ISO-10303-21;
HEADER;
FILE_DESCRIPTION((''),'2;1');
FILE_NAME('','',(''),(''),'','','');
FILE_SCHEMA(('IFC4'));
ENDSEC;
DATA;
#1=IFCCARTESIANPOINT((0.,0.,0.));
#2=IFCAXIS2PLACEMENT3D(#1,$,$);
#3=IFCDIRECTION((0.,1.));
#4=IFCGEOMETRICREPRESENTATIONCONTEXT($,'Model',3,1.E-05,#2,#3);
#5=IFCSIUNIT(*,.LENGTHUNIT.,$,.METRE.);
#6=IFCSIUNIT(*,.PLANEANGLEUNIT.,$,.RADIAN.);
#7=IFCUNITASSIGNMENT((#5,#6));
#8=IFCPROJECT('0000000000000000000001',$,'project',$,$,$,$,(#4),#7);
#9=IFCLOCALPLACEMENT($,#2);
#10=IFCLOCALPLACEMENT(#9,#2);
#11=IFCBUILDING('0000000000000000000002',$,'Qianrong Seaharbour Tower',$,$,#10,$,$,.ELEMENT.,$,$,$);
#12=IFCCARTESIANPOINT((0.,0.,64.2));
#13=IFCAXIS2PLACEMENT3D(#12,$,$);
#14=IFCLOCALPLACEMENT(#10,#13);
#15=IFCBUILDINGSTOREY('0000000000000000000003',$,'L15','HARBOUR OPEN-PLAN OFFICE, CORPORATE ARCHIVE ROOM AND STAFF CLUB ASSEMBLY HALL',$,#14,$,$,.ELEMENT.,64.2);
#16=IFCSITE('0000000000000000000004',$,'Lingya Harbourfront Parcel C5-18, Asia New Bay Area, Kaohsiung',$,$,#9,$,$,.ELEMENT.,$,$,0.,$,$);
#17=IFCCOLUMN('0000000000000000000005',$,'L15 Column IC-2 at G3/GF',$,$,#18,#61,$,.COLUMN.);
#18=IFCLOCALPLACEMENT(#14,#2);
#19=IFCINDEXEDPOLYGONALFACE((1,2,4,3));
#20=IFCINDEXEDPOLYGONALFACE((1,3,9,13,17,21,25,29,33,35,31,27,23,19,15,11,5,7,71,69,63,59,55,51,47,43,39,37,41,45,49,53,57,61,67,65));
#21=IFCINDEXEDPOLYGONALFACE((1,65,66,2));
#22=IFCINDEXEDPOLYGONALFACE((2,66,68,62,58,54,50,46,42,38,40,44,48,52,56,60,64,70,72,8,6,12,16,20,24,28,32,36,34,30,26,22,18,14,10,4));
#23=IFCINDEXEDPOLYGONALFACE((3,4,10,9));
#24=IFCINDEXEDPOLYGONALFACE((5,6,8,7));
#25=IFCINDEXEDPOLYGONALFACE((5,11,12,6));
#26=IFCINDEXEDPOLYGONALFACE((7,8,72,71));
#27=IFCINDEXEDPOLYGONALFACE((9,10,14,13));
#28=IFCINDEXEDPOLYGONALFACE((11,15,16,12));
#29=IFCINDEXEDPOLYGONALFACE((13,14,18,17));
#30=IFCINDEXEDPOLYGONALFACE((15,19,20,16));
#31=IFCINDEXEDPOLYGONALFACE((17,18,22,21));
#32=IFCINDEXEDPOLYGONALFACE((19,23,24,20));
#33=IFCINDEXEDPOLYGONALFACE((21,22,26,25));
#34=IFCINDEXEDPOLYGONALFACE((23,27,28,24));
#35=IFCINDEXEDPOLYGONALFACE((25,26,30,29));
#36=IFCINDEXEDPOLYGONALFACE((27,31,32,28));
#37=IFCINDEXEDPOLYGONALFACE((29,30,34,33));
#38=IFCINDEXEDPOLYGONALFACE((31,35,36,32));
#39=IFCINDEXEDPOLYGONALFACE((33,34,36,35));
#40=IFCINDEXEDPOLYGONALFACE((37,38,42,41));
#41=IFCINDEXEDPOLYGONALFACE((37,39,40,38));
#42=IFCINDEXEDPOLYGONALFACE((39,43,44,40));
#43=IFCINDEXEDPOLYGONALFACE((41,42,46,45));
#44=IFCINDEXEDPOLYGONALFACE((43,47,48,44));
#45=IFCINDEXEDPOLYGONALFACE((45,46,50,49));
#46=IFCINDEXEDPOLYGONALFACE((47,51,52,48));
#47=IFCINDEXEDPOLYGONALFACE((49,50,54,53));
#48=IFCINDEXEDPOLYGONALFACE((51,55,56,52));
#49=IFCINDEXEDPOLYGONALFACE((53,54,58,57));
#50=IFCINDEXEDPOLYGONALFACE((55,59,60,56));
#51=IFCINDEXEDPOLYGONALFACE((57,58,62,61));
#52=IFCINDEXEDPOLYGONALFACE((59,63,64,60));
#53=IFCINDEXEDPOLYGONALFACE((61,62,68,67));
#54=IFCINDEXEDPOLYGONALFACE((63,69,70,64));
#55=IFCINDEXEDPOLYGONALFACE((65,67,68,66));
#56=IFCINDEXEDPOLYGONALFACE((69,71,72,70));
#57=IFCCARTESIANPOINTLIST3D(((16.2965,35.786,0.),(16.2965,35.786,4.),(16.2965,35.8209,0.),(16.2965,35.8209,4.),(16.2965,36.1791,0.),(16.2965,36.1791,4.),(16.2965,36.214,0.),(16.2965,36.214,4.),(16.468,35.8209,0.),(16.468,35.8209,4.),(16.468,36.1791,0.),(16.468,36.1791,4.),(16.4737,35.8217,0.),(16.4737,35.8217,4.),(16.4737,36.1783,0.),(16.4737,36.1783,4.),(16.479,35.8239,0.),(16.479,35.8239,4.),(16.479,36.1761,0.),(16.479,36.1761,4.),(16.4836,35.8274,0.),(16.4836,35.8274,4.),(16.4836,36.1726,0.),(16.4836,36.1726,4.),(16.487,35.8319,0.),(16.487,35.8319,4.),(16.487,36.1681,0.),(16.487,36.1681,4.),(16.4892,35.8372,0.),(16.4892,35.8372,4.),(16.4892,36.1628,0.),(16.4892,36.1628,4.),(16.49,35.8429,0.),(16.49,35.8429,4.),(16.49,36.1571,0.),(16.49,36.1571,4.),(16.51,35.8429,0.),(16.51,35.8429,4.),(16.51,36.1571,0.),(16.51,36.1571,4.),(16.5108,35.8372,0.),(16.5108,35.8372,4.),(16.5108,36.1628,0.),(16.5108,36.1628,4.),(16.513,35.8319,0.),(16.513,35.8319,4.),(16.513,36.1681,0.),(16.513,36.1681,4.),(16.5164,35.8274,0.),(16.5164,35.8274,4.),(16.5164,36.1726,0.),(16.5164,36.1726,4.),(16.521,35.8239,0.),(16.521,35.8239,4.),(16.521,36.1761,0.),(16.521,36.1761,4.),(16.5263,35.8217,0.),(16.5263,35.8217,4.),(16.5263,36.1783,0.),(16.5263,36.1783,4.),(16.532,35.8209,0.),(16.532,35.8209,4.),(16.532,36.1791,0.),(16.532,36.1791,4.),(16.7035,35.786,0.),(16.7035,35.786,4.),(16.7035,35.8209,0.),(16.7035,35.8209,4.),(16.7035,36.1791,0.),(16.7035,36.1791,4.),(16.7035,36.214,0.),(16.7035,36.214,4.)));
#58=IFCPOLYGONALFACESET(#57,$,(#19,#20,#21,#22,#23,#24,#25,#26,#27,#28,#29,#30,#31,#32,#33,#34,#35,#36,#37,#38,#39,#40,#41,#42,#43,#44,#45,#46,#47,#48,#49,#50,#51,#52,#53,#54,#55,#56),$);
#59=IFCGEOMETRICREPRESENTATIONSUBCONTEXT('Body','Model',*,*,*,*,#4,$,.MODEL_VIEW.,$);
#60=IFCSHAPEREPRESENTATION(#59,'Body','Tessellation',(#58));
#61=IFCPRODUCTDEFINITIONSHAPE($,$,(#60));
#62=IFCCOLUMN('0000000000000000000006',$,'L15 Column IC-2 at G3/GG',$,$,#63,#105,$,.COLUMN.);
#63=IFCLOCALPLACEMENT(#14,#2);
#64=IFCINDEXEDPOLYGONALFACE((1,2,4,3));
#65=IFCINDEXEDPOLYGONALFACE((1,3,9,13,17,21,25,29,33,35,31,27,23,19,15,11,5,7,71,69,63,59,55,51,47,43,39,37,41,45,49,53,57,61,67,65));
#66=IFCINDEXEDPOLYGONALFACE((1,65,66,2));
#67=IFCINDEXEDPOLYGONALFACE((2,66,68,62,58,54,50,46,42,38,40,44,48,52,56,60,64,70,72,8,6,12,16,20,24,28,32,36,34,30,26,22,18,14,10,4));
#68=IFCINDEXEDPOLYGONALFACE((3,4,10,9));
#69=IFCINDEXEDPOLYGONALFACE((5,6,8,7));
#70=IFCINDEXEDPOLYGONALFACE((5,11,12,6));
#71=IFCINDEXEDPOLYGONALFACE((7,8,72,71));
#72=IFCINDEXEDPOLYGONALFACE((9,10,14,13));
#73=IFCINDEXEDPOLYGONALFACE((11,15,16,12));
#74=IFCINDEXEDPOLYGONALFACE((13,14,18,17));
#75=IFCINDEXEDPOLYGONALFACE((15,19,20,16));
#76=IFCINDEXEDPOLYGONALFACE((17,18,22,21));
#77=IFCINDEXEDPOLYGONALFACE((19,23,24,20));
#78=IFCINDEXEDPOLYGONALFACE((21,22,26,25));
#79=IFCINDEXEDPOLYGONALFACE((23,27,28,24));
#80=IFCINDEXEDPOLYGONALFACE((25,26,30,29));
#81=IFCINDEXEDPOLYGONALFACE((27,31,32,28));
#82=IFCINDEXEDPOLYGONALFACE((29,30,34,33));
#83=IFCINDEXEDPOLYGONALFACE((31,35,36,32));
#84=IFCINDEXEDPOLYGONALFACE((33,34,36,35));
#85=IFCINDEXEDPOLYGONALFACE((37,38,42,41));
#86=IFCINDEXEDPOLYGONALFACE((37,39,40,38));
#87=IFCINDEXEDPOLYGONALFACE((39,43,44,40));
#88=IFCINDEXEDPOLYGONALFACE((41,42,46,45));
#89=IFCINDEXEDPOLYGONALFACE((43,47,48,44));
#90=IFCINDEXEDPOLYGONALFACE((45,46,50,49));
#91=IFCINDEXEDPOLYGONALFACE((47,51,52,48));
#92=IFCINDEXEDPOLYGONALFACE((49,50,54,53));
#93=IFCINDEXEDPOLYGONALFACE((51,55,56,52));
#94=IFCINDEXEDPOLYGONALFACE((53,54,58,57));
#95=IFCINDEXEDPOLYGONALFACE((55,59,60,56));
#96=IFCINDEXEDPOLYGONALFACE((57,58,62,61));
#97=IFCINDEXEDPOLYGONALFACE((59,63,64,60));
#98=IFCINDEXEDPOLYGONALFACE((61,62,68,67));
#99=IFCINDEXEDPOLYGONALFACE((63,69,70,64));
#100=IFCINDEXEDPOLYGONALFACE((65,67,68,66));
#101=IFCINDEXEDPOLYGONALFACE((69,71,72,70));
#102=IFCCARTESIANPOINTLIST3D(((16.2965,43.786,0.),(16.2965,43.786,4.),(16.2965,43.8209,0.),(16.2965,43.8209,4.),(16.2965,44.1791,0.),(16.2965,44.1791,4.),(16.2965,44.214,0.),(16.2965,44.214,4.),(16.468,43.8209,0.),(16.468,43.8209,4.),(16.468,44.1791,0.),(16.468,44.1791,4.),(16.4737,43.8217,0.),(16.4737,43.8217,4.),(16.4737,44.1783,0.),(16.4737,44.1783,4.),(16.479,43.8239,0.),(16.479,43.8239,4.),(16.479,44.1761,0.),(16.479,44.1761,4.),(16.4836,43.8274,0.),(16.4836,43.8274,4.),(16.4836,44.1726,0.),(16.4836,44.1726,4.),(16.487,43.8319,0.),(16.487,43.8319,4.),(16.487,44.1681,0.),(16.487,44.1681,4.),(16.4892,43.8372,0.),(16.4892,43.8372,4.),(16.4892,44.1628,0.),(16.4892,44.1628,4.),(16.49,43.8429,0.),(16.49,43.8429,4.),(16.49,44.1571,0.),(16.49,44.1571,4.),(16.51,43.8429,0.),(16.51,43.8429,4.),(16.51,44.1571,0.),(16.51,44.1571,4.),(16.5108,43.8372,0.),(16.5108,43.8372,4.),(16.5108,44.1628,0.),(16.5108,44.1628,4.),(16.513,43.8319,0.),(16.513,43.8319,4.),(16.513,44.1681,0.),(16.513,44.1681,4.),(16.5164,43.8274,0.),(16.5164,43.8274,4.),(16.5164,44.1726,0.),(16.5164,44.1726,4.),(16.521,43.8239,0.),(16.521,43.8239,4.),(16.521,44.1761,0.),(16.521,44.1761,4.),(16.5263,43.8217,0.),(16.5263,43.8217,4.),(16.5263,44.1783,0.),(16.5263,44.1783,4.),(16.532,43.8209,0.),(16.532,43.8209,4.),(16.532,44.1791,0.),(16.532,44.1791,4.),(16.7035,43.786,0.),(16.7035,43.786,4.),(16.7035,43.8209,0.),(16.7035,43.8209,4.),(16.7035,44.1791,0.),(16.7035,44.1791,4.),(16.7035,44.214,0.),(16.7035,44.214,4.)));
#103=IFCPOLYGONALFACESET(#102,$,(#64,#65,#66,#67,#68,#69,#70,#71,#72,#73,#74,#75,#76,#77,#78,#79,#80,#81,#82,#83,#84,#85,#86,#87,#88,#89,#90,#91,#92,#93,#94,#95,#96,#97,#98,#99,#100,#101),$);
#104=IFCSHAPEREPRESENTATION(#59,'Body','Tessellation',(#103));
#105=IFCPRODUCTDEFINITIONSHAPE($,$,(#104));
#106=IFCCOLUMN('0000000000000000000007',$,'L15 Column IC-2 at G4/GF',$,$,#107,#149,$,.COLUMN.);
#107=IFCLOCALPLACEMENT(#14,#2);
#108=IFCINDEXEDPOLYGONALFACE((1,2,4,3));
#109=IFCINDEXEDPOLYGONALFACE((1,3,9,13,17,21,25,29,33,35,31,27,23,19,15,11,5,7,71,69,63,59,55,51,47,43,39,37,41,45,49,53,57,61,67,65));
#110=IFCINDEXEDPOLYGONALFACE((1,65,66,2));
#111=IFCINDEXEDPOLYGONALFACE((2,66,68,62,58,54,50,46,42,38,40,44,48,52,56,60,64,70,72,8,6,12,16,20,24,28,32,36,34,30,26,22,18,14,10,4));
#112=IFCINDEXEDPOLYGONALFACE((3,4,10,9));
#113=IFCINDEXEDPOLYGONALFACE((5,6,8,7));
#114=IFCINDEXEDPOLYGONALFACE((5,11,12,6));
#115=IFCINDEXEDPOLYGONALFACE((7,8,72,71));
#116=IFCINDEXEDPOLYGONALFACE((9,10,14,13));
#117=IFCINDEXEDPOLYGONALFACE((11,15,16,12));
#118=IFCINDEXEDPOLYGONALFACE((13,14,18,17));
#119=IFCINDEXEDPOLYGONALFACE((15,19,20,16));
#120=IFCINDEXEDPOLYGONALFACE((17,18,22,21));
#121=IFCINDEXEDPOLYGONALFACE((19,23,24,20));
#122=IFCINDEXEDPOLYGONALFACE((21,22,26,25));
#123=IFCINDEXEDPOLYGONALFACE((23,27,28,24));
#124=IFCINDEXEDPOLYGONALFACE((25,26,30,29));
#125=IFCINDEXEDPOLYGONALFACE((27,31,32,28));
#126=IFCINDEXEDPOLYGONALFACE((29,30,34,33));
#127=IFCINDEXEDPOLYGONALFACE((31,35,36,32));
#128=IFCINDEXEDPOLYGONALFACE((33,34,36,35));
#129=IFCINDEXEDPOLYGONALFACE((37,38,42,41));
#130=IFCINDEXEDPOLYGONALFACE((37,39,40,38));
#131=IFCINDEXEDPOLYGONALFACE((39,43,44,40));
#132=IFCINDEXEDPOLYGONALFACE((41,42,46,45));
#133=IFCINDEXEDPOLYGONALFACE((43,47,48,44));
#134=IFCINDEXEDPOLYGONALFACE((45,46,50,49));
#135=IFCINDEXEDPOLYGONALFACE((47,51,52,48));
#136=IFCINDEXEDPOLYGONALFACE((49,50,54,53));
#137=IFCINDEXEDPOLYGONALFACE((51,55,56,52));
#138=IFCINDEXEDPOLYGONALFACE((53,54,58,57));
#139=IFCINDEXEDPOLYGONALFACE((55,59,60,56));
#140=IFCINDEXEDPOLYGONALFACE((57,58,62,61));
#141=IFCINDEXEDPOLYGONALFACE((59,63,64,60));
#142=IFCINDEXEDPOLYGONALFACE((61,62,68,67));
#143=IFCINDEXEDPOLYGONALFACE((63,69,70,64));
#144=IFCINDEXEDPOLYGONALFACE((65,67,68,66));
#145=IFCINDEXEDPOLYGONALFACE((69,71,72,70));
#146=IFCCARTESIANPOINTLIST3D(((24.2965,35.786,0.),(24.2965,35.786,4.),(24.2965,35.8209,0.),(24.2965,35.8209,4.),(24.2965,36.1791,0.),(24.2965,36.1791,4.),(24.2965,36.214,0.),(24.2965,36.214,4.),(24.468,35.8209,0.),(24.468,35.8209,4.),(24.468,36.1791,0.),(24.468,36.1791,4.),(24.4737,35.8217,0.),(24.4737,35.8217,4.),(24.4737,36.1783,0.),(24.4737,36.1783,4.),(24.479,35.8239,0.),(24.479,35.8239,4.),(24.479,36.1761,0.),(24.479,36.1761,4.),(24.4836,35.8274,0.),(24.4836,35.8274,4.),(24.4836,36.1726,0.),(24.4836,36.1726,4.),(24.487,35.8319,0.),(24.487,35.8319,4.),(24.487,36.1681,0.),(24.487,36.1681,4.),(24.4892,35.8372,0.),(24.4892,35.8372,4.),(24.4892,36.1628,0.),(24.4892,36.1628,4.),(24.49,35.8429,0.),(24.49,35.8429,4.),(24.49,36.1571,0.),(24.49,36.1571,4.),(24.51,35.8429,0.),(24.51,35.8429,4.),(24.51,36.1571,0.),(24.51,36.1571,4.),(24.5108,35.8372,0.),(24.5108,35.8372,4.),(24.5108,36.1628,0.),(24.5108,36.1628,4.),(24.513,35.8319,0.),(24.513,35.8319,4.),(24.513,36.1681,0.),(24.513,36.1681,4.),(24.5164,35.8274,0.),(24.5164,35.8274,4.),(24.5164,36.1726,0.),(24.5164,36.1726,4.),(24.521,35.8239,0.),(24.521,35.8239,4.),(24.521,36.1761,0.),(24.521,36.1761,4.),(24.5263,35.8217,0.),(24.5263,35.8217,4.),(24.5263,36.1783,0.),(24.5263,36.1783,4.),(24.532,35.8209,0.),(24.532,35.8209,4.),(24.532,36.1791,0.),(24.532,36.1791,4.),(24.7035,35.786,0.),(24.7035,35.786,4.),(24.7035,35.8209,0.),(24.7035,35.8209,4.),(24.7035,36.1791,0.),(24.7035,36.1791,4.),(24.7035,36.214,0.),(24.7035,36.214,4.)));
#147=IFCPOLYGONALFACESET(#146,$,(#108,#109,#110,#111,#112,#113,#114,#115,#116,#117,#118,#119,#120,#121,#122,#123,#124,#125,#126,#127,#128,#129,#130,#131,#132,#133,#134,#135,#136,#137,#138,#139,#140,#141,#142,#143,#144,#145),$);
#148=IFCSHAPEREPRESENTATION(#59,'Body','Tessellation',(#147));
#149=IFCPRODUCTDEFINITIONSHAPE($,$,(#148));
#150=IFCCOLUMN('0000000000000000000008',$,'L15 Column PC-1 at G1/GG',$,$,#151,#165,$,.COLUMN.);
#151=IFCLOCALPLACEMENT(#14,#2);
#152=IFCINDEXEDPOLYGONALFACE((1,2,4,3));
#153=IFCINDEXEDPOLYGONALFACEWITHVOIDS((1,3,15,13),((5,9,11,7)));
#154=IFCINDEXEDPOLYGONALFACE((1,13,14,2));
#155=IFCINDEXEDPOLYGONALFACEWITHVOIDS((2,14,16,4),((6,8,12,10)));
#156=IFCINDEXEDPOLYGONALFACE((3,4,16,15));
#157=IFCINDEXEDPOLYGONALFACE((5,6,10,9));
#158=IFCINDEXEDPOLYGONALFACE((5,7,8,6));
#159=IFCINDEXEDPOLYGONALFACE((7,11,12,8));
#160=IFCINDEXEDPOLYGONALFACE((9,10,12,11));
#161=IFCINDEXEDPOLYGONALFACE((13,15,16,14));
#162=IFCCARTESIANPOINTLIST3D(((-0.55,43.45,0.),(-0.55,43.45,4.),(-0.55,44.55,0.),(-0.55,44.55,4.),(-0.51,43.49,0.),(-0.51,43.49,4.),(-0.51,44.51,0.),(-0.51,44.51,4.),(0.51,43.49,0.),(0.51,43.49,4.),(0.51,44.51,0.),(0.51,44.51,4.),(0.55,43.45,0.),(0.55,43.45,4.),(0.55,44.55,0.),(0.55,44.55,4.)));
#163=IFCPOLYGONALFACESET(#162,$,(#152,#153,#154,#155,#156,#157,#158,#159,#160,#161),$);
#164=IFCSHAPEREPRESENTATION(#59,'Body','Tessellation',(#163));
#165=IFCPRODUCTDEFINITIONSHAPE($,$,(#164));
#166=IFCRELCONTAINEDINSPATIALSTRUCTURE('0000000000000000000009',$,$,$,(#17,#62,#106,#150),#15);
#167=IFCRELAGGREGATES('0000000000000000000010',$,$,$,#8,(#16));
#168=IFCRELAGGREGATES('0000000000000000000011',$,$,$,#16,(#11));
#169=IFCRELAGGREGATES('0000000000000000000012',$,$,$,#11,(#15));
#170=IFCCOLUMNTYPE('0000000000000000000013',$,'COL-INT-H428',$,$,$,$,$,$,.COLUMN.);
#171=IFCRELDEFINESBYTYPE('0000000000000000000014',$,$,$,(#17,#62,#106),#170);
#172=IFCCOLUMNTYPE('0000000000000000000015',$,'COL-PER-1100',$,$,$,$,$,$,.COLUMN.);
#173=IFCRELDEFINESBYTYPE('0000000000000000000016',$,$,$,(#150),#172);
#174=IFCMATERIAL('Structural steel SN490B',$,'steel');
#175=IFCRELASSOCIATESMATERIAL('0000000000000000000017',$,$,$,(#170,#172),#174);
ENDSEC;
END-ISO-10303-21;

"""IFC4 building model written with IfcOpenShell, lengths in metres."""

from ifc_helpers import new_model, si_unit, direction, frame, origin, origin_2d, place, context, subcontext, project, spatial, hollow_rectangle, i_section, extrude, material, material_profile, profile_set, type_object, element, save


model = new_model("IFC4")

# Units and contexts
model_context = context("Model", 3, precision=1e-05, world=origin(), true_north=direction((0.0, 1.0)))
body_context = subcontext(model_context, "Body", "Model", "MODEL_VIEW")
ifc_project = project(units=[si_unit("LENGTHUNIT", "METRE"), si_unit("PLANEANGLEUNIT", "RADIAN")], contexts=[model_context])

# Site, building, storey
site_placement = place(None, origin())
site = spatial("IfcSite", under=ifc_project, at=site_placement, Name="Lingya Harbourfront Parcel C5-18, Asia New Bay Area, Kaohsiung", CompositionType="ELEMENT", RefElevation=0.0)
building_placement = place(site_placement, origin())
building = spatial("IfcBuilding", under=site, at=building_placement, Name="Qianrong Seaharbour Tower", CompositionType="ELEMENT")
storey_placement = place(building_placement, frame((0.0, 0.0, 64.2)))
storey = spatial("IfcBuildingStorey", under=building, at=storey_placement, Name="L15", Description="HARBOUR OPEN-PLAN OFFICE, CORPORATE ARCHIVE ROOM AND STAFF CLUB ASSEMBLY HALL", CompositionType="ELEMENT", Elevation=64.2)

# Columns
ifc_material_1 = material(Name="Structural steel SN490B", Category="steel")
ifc_material_profile_1 = material_profile(ifc_material_1, i_section(OverallWidth=0.407, OverallDepth=0.428, WebThickness=0.02, FlangeThickness=0.0349, FilletRadius=0.022, at=origin_2d()), Name="H428x407x20x35")
ifc_profile_set_1 = profile_set([ifc_material_profile_1], Name="Structural steel SN490B")
column_type_1 = type_object("IfcColumnType", Name="COL-INT-H428", PredefinedType="COLUMN", material=ifc_profile_set_1)
for number, where, z_axis, x_axis, name in (
    (1, (16.5, 36.0, 0.0), (0.0, 0.0, 1.0), (1.0, 0.0, 0.0), "L15 Column IC-2 at G3/GF"),
    (2, (16.5, 44.0, 0.0), (0.0, 0.0, 1.0), (1.0, 0.0, 0.0), "L15 Column IC-2 at G3/GG"),
    (3, (24.5, 36.0, 0.0), (0.0, 0.0, 1.0), (1.0, 0.0, 0.0), "L15 Column IC-2 at G4/GF"),
):
    element("IfcColumn", number, at=place(storey_placement, frame(where, z_axis=z_axis, x_axis=x_axis)), inside=storey, type_object=column_type_1, Name=name, PredefinedType="COLUMN", context=body_context, shape_type="SweptSolid", body=[
        extrude(i_section(OverallWidth=0.407, OverallDepth=0.428, WebThickness=0.02, FlangeThickness=0.0349, FilletRadius=0.022, at=origin_2d()), origin(), (0.0, 0.0, 1.0), 4.0),
    ])
ifc_material_profile_2 = material_profile(ifc_material_1, hollow_rectangle(XDim=1.1001, YDim=1.1001, WallThickness=0.04, at=origin_2d()), Name="BOX1100x1100x40")
ifc_profile_set_2 = profile_set([ifc_material_profile_2], Name="Structural steel SN490B")
column_type_2 = type_object("IfcColumnType", Name="COL-PER-1100", PredefinedType="COLUMN", material=ifc_profile_set_2)
column_1_placement = place(storey_placement, frame((0.0, 44.0, 0.0), z_axis=(0.0, 0.0, 1.0), x_axis=(1.0, 0.0, 0.0)))
element("IfcColumn", 4, at=column_1_placement, inside=storey, type_object=column_type_2, Name="L15 Column PC-1 at G1/GG", PredefinedType="COLUMN", context=body_context, shape_type="SweptSolid", body=[
    extrude(hollow_rectangle(XDim=1.1001, YDim=1.1001, WallThickness=0.04, at=origin_2d()), origin(), (0.0, 0.0, 1.0), 4.0),
])

save(model, "model.ifc")
